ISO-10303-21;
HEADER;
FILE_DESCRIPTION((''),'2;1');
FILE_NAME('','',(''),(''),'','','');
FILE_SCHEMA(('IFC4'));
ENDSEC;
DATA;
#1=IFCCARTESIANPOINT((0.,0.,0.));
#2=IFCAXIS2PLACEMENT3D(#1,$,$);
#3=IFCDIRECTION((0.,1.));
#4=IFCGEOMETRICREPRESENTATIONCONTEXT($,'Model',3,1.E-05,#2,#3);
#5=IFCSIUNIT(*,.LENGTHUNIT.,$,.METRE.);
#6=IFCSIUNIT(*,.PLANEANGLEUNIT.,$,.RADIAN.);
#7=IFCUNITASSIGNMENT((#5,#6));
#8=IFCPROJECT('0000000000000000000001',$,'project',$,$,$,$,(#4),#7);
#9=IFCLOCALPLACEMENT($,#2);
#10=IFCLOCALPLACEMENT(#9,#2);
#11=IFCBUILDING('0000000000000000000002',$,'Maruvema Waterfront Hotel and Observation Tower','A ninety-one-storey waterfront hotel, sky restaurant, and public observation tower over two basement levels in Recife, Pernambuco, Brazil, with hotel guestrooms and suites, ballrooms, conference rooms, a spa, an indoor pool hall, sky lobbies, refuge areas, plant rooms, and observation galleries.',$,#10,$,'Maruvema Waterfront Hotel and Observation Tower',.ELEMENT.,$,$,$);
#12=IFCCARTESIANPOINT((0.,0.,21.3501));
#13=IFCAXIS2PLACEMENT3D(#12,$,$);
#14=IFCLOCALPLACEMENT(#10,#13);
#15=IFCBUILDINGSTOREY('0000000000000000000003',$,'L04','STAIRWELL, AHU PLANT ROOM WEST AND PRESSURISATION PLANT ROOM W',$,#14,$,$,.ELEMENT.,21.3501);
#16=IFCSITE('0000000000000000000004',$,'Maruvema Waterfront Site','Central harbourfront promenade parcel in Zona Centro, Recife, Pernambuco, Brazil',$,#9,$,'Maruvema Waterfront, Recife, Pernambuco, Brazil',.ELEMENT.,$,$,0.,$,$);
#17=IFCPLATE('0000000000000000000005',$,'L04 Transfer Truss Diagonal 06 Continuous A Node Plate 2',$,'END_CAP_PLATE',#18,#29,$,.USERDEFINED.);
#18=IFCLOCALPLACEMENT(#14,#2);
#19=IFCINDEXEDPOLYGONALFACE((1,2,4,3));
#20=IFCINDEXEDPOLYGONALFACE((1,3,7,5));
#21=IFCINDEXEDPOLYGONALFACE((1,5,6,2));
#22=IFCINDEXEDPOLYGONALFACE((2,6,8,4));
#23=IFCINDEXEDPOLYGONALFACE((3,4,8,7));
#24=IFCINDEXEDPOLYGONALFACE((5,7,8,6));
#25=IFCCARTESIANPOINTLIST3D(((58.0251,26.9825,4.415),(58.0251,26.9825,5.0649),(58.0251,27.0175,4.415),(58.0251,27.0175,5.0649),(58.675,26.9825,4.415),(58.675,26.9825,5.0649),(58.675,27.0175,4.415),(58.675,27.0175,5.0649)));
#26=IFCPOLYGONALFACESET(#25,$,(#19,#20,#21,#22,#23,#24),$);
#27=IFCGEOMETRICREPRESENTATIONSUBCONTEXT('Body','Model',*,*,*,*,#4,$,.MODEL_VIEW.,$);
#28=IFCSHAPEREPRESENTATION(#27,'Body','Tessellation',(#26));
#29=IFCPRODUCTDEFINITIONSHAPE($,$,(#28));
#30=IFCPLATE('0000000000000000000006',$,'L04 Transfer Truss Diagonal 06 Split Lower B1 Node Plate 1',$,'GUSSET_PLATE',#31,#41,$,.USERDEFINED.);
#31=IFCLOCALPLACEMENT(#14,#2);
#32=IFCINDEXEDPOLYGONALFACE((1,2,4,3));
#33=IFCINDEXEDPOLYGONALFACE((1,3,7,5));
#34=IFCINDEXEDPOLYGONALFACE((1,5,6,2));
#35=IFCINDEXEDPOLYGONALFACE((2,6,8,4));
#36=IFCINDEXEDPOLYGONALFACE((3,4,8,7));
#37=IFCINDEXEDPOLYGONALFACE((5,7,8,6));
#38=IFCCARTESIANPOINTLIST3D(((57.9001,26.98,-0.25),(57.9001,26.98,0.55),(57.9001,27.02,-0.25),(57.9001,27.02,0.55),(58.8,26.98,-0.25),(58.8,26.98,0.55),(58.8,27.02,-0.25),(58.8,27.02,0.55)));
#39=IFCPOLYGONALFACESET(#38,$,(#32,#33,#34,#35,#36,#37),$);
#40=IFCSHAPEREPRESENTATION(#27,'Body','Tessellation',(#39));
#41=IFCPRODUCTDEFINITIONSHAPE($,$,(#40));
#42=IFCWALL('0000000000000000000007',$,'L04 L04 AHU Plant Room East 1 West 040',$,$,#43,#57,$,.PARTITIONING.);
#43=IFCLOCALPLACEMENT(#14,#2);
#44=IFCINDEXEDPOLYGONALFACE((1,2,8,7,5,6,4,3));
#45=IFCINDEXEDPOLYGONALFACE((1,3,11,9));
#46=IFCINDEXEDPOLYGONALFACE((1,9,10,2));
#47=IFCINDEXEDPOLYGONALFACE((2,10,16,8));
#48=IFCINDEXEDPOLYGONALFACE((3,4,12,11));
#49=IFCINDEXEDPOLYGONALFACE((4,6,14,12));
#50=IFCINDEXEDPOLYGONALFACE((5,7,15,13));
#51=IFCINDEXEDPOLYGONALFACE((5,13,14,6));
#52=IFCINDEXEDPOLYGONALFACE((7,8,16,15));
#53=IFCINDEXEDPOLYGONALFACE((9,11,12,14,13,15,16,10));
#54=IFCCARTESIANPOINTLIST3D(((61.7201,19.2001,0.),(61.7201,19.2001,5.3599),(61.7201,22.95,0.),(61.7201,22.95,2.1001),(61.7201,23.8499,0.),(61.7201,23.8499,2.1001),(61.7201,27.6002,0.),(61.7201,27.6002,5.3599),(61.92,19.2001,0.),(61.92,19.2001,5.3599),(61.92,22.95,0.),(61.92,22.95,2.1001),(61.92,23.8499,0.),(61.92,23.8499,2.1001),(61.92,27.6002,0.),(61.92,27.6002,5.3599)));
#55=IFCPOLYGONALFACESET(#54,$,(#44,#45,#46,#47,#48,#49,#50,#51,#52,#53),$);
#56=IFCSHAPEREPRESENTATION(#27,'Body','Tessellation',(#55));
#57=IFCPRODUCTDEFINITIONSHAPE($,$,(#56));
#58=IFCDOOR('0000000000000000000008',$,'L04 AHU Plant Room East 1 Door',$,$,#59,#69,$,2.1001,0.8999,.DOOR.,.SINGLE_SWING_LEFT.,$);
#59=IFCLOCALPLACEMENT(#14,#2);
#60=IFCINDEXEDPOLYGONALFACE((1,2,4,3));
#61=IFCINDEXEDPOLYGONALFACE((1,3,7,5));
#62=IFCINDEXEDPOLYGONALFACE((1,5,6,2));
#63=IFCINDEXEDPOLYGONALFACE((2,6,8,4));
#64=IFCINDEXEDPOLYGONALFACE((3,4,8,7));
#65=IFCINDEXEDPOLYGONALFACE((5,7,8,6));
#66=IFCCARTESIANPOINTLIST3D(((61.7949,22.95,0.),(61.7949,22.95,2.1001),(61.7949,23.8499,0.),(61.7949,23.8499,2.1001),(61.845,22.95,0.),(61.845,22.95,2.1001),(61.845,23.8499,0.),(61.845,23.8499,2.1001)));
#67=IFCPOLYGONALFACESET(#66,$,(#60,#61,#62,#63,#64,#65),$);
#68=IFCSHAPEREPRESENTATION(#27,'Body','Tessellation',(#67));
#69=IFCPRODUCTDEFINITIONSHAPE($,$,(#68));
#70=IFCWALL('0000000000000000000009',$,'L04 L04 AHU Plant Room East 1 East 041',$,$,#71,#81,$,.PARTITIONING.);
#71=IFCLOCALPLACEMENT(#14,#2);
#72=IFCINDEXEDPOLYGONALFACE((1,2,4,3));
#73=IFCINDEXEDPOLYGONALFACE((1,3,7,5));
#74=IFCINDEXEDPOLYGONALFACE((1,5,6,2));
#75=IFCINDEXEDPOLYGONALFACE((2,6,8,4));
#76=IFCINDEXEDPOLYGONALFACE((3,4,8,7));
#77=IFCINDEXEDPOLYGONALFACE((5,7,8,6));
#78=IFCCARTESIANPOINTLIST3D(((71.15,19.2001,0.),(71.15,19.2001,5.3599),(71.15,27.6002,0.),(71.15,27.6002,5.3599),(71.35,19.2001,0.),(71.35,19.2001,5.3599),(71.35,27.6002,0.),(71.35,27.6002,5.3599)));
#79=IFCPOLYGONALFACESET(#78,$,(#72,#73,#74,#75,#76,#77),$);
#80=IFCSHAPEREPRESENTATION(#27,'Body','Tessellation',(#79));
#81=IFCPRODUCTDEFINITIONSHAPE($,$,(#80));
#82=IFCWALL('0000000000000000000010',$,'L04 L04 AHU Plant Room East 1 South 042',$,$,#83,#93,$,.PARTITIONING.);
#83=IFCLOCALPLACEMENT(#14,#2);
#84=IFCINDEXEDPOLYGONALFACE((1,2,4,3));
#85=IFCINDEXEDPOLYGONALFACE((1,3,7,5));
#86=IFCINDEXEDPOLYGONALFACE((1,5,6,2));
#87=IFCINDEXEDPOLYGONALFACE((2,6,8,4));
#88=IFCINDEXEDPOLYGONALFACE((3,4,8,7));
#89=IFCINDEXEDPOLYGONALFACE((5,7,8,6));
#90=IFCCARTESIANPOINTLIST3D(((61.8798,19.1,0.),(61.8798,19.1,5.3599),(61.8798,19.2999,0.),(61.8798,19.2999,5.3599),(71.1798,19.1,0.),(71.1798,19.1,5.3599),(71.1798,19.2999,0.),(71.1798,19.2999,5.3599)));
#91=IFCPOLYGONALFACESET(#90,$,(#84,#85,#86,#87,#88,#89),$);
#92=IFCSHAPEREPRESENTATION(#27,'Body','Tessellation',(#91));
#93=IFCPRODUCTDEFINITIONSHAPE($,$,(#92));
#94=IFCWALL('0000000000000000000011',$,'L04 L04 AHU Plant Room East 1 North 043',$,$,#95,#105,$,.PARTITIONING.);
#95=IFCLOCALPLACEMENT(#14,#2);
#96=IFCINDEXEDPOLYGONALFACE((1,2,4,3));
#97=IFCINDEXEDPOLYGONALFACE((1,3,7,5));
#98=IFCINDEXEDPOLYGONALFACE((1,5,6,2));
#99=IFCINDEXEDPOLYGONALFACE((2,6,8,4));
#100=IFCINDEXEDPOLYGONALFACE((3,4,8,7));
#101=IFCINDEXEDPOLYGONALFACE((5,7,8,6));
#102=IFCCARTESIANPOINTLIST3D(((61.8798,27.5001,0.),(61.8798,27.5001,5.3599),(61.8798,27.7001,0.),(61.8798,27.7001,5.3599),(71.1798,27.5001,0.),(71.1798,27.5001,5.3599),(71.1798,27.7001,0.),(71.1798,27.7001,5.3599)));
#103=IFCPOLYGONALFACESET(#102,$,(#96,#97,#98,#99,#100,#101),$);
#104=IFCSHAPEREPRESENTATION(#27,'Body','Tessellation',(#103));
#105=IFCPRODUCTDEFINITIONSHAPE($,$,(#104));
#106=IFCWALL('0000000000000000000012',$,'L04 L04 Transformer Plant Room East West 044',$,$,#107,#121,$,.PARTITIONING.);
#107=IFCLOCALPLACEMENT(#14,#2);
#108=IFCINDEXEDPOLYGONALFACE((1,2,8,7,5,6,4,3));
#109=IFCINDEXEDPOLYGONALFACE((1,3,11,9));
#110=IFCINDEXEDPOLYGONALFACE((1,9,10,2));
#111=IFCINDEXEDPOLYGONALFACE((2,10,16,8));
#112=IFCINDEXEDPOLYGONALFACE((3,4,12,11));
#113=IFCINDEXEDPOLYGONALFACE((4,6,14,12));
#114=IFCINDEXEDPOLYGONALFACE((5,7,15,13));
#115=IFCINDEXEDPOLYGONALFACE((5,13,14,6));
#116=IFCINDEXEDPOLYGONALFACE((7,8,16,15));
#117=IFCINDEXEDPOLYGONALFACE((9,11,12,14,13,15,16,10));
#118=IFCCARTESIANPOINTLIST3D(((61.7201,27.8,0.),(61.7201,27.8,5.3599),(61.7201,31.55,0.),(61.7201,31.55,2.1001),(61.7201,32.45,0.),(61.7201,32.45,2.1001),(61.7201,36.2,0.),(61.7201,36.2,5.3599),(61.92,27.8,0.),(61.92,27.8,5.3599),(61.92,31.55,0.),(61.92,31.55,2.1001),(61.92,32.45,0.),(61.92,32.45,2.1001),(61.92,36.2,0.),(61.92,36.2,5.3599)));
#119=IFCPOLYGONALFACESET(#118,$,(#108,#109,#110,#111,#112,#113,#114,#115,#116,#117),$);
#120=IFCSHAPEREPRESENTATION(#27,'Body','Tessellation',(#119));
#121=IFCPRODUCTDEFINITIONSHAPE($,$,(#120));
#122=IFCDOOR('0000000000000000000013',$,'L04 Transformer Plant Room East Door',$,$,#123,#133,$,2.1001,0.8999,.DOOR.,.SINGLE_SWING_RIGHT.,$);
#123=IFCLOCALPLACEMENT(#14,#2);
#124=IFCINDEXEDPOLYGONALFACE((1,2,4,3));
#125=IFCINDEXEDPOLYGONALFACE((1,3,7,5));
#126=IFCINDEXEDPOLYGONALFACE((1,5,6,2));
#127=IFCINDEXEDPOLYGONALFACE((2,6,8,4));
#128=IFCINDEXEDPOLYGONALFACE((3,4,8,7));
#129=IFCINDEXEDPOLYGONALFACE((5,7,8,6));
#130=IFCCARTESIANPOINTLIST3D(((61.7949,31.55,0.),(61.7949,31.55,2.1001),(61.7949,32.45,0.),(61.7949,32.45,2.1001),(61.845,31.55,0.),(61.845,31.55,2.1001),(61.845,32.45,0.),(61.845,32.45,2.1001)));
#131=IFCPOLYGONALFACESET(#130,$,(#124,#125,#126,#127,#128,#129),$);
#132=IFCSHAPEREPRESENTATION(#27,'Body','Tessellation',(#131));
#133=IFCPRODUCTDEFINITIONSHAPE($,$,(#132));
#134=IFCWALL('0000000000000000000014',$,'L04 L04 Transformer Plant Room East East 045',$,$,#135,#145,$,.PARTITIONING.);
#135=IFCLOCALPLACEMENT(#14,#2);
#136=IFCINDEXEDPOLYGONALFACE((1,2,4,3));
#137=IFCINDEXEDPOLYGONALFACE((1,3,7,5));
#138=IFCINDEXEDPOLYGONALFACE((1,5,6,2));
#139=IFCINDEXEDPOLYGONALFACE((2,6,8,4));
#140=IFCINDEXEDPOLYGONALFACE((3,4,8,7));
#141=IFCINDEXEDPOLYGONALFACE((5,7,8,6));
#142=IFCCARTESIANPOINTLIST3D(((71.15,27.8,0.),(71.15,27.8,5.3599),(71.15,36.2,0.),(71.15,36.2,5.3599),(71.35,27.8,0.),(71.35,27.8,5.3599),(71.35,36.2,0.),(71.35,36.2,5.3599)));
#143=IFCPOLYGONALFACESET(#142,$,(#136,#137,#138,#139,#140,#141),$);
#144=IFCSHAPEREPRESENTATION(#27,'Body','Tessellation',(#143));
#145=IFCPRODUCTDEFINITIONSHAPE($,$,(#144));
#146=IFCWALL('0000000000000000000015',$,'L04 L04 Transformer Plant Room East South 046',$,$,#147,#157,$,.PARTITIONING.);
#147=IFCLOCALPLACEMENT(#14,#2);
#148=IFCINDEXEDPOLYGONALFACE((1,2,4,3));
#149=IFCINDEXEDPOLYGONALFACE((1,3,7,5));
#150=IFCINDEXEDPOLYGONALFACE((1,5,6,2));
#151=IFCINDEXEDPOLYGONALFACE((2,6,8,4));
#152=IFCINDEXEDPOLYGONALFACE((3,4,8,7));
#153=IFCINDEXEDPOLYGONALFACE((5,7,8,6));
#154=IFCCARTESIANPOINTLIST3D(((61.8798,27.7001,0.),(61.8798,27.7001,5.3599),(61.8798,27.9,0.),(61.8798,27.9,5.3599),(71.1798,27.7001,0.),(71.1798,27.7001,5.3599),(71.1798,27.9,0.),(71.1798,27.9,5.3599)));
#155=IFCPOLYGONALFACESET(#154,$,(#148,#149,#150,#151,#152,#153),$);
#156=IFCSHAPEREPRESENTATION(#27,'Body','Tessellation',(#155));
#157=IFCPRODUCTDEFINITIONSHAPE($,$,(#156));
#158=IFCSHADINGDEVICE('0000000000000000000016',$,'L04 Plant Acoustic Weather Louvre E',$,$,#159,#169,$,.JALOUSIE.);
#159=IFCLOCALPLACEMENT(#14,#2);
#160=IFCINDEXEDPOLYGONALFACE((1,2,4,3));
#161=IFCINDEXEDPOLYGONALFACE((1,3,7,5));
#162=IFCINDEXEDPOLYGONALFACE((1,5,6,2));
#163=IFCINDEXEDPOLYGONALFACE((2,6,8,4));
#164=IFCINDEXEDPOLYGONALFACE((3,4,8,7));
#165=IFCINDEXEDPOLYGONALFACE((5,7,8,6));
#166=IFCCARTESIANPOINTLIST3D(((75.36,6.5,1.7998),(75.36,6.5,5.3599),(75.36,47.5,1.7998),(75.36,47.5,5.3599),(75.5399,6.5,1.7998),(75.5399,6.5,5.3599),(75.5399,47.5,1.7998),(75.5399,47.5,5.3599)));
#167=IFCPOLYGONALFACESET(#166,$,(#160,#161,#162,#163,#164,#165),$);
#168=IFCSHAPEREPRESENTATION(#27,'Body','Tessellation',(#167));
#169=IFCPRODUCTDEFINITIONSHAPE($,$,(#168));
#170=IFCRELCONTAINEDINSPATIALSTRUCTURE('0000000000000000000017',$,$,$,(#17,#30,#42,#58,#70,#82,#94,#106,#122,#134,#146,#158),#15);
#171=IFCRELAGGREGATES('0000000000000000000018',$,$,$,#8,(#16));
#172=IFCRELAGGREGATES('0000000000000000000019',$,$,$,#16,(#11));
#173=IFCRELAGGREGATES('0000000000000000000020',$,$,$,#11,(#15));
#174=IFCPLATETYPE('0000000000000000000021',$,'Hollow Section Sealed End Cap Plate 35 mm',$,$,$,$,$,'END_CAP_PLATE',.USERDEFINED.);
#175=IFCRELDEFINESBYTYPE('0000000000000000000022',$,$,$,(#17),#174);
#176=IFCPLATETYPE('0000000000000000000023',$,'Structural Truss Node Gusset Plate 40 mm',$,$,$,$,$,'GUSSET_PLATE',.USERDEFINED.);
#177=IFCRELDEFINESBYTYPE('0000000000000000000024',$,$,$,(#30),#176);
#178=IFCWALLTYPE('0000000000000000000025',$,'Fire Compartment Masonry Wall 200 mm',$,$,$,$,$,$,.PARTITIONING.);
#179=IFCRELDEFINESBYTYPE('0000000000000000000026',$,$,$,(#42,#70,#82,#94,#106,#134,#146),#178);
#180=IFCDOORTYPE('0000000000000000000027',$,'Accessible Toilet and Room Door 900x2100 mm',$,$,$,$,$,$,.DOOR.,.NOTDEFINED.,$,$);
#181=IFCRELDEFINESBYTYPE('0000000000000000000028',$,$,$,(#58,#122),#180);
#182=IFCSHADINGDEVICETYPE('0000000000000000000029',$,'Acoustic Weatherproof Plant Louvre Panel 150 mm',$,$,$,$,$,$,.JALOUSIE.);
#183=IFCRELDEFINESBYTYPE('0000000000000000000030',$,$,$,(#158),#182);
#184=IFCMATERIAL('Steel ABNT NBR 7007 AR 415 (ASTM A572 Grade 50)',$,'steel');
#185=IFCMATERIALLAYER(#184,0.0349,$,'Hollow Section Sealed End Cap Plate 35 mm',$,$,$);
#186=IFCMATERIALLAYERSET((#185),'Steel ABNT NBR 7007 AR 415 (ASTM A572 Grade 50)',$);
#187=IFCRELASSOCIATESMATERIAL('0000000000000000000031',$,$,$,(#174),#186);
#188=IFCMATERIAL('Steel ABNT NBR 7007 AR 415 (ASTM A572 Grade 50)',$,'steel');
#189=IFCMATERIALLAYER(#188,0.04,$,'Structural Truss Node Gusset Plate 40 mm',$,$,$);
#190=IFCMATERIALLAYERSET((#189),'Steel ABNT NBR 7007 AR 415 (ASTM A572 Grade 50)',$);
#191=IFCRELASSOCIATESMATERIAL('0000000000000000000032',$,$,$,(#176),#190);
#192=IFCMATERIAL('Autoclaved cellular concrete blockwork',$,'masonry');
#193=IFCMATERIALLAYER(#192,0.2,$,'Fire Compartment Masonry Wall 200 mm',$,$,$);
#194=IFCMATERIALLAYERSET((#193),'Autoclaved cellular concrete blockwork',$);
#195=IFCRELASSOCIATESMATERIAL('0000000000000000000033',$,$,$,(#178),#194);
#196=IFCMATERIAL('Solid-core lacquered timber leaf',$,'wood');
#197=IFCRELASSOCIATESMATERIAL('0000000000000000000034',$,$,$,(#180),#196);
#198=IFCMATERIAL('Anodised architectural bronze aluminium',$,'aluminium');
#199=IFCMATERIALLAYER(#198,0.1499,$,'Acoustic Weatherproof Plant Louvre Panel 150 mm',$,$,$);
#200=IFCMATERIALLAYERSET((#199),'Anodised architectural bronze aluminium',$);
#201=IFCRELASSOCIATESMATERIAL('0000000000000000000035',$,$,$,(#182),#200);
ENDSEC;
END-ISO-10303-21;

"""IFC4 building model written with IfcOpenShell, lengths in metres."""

from ifc_helpers import new_model, si_unit, direction, frame, frame_2d, origin, origin_2d, place, context, subcontext, project, spatial, rectangle, extrude, material, layer, layer_set, type_object, element, fill, save


model = new_model("IFC4")

# Units and contexts
model_context = context("Model", 3, precision=1e-05, world=origin(), true_north=direction((0.0, 1.0)))
body_context = subcontext(model_context, "Body", "Model", "MODEL_VIEW")
ifc_project = project(units=[si_unit("LENGTHUNIT", "METRE"), si_unit("PLANEANGLEUNIT", "RADIAN")], contexts=[model_context])

# Site, building, storey
site_placement = place(None, origin())
site = spatial("IfcSite", under=ifc_project, at=site_placement, Name="Maruvema Waterfront Site", Description="Central harbourfront promenade parcel in Zona Centro, Recife, Pernambuco, Brazil", LongName="Maruvema Waterfront, Recife, Pernambuco, Brazil", CompositionType="ELEMENT", RefElevation=0.0)
building_placement = place(site_placement, origin())
building = spatial("IfcBuilding", under=site, at=building_placement, Name="Maruvema Waterfront Hotel and Observation Tower", Description="A ninety-one-storey waterfront hotel, sky restaurant, and public observation tower over two basement levels in Recife, Pernambuco, Brazil, with hotel guestrooms and suites, ballrooms, conference rooms, a spa, an indoor pool hall, sky lobbies, refuge areas, plant rooms, and observation galleries.", LongName="Maruvema Waterfront Hotel and Observation Tower", CompositionType="ELEMENT")
storey_placement = place(building_placement, frame((0.0, 0.0, 21.3501)))
storey = spatial("IfcBuildingStorey", under=building, at=storey_placement, Name="L04", Description="STAIRWELL, AHU PLANT ROOM WEST AND PRESSURISATION PLANT ROOM W", CompositionType="ELEMENT", Elevation=21.3501)

# Plates
ifc_material_1 = material(Name="Steel ABNT NBR 7007 AR 415 (ASTM A572 Grade 50)", Category="steel")
ifc_layer_1 = layer(ifc_material_1, 0.0349, Name="Hollow Section Sealed End Cap Plate 35 mm")
ifc_layer_set_1 = layer_set([ifc_layer_1], Name="Steel ABNT NBR 7007 AR 415 (ASTM A572 Grade 50)")
plate_type_1 = type_object("IfcPlateType", Name="Hollow Section Sealed End Cap Plate 35 mm", ElementType="END_CAP_PLATE", PredefinedType="USERDEFINED", material=ifc_layer_set_1)
plate_1_placement = place(storey_placement, frame((58.3501, 27.0, 4.415), z_axis=(0.0, 0.0, 1.0), x_axis=(1.0, 0.0, 0.0)))
element("IfcPlate", 1, at=plate_1_placement, inside=storey, type_object=plate_type_1, Name="L04 Transfer Truss Diagonal 06 Continuous A Node Plate 2", ObjectType="END_CAP_PLATE", PredefinedType="USERDEFINED", context=body_context, shape_type="SweptSolid", body=[
    extrude(rectangle(XDim=0.6499, YDim=0.0349, at=origin_2d()), origin(), (0.0, 0.0, 1.0), 0.6499),
])
ifc_material_2 = material(Name="Steel ABNT NBR 7007 AR 415 (ASTM A572 Grade 50)", Category="steel")
ifc_layer_2 = layer(ifc_material_2, 0.04, Name="Structural Truss Node Gusset Plate 40 mm")
ifc_layer_set_2 = layer_set([ifc_layer_2], Name="Steel ABNT NBR 7007 AR 415 (ASTM A572 Grade 50)")
plate_type_2 = type_object("IfcPlateType", Name="Structural Truss Node Gusset Plate 40 mm", ElementType="GUSSET_PLATE", PredefinedType="USERDEFINED", material=ifc_layer_set_2)
plate_2_placement = place(storey_placement, frame((58.3501, 27.0, -0.25), z_axis=(0.0, 0.0, 1.0), x_axis=(-1.0, 0.0, 0.0)))
element("IfcPlate", 2, at=plate_2_placement, inside=storey, type_object=plate_type_2, Name="L04 Transfer Truss Diagonal 06 Split Lower B1 Node Plate 1", ObjectType="GUSSET_PLATE", PredefinedType="USERDEFINED", context=body_context, shape_type="SweptSolid", body=[
    extrude(rectangle(XDim=0.8999, YDim=0.04, at=origin_2d()), origin(), (0.0, 0.0, 1.0), 0.8),
])

# Wall, opening, door
ifc_material_3 = material(Name="Autoclaved cellular concrete blockwork", Category="masonry")
ifc_layer_3 = layer(ifc_material_3, 0.2, Name="Fire Compartment Masonry Wall 200 mm")
ifc_layer_set_3 = layer_set([ifc_layer_3], Name="Autoclaved cellular concrete blockwork")
wall_type = type_object("IfcWallType", Name="Fire Compartment Masonry Wall 200 mm", PredefinedType="PARTITIONING", material=ifc_layer_set_3)
wall_1_placement = place(storey_placement, frame((61.8201, 19.2, 0.0), z_axis=(0.0, 0.0, 1.0), x_axis=(0.0, 1.0, 0.0)))
wall_1 = element("IfcWall", 3, at=wall_1_placement, inside=storey, type_object=wall_type, Name="L04 L04 AHU Plant Room East 1 West 040", PredefinedType="PARTITIONING", context=body_context, shape_type="SweptSolid", body=[
    extrude(rectangle(XDim=8.4001, YDim=0.2, at=frame_2d((4.2002, 0.0))), origin(), (0.0, 0.0, 1.0), 5.3599),
])
opening_1_placement = place(wall_1_placement, frame((3.75, 0.0, 0.0)))
opening_1 = element("IfcOpeningElement", 4, at=opening_1_placement, cuts=wall_1, PredefinedType="OPENING", context=body_context, shape_type="SweptSolid", body=[
    extrude(rectangle(XDim=0.8999, YDim=2.1001, at=frame_2d((0.45, 1.05))), frame((0.0, 0.1099, 0.0), z_axis=(0.0, -1.0, 0.0), x_axis=(1.0, 0.0, 0.0)), (0.0, 0.0, 1.0), 0.22),
])
ifc_material_4 = material(Name="Solid-core lacquered timber leaf", Category="wood")
door_type = type_object("IfcDoorType", Name="Accessible Toilet and Room Door 900x2100 mm", OperationType="NOTDEFINED", PredefinedType="DOOR", material=ifc_material_4)
door_1_placement = place(opening_1_placement, frame((0.8999, 0.0, 0.0), z_axis=(0.0, 0.0, 1.0), x_axis=(-1.0, 0.0, 0.0)))
door_1 = element("IfcDoor", 5, at=door_1_placement, inside=storey, type_object=door_type, Name="L04 AHU Plant Room East 1 Door", OperationType="SINGLE_SWING_LEFT", OverallHeight=2.1001, OverallWidth=0.8999, PredefinedType="DOOR", context=body_context, shape_type="SweptSolid", body=[
    extrude(rectangle(XDim=0.8999, YDim=2.1001, at=frame_2d((0.45, 1.05))), frame((0.0, 0.0249, 0.0), z_axis=(0.0, -1.0, 0.0), x_axis=(1.0, 0.0, 0.0)), (0.0, 0.0, 1.0), 0.05),
])
fill(opening_1, door_1)

# Walls
wall_2_placement = place(storey_placement, frame((71.25, 19.2, 0.0), z_axis=(0.0, 0.0, 1.0), x_axis=(0.0, 1.0, 0.0)))
element("IfcWall", 6, at=wall_2_placement, inside=storey, type_object=wall_type, Name="L04 L04 AHU Plant Room East 1 East 041", PredefinedType="PARTITIONING", context=body_context, shape_type="SweptSolid", body=[
    extrude(rectangle(XDim=8.4001, YDim=0.2, at=frame_2d((4.2002, 0.0))), origin(), (0.0, 0.0, 1.0), 5.3599),
])
for number, where, z_axis, x_axis, name in (
    (7, (61.8799, 19.2, 0.0), (0.0, 0.0, 1.0), (1.0, 0.0, 0.0), "L04 L04 AHU Plant Room East 1 South 042"),
    (8, (61.8799, 27.6001, 0.0), (0.0, 0.0, 1.0), (1.0, 0.0, 0.0), "L04 L04 AHU Plant Room East 1 North 043"),
):
    element("IfcWall", number, at=place(storey_placement, frame(where, z_axis=z_axis, x_axis=x_axis)), inside=storey, type_object=wall_type, Name=name, PredefinedType="PARTITIONING", context=body_context, shape_type="SweptSolid", body=[
        extrude(rectangle(XDim=9.3, YDim=0.2, at=frame_2d((4.6499, 0.0))), origin(), (0.0, 0.0, 1.0), 5.3599),
    ])

# Wall, opening, door
wall_3_placement = place(storey_placement, frame((61.8201, 27.8, 0.0), z_axis=(0.0, 0.0, 1.0), x_axis=(0.0, 1.0, 0.0)))
wall_3 = element("IfcWall", 9, at=wall_3_placement, inside=storey, type_object=wall_type, Name="L04 L04 Transformer Plant Room East West 044", PredefinedType="PARTITIONING", context=body_context, shape_type="SweptSolid", body=[
    extrude(rectangle(XDim=8.3999, YDim=0.2, at=frame_2d((4.2, 0.0))), origin(), (0.0, 0.0, 1.0), 5.3599),
])
opening_2_placement = place(wall_3_placement, frame((3.75, 0.0, 0.0)))
opening_2 = element("IfcOpeningElement", 10, at=opening_2_placement, cuts=wall_3, PredefinedType="OPENING", context=body_context, shape_type="SweptSolid", body=[
    extrude(rectangle(XDim=0.8999, YDim=2.1001, at=frame_2d((0.45, 1.05))), frame((0.0, 0.1099, 0.0), z_axis=(0.0, -1.0, 0.0), x_axis=(1.0, 0.0, 0.0)), (0.0, 0.0, 1.0), 0.22),
])
door_2_placement = place(opening_2_placement, frame((0.8999, 0.0, 0.0), z_axis=(0.0, 0.0, 1.0), x_axis=(-1.0, 0.0, 0.0)))
door_2 = element("IfcDoor", 11, at=door_2_placement, inside=storey, type_object=door_type, Name="L04 Transformer Plant Room East Door", OperationType="SINGLE_SWING_RIGHT", OverallHeight=2.1001, OverallWidth=0.8999, PredefinedType="DOOR", context=body_context, shape_type="SweptSolid", body=[
    extrude(rectangle(XDim=0.8999, YDim=2.1001, at=frame_2d((0.45, 1.05))), frame((0.0, 0.0249, 0.0), z_axis=(0.0, -1.0, 0.0), x_axis=(1.0, 0.0, 0.0)), (0.0, 0.0, 1.0), 0.05),
])
fill(opening_2, door_2)

# Walls
wall_4_placement = place(storey_placement, frame((71.25, 27.8, 0.0), z_axis=(0.0, 0.0, 1.0), x_axis=(0.0, 1.0, 0.0)))
element("IfcWall", 12, at=wall_4_placement, inside=storey, type_object=wall_type, Name="L04 L04 Transformer Plant Room East East 045", PredefinedType="PARTITIONING", context=body_context, shape_type="SweptSolid", body=[
    extrude(rectangle(XDim=8.3999, YDim=0.2, at=frame_2d((4.2, 0.0))), origin(), (0.0, 0.0, 1.0), 5.3599),
])
wall_5_placement = place(storey_placement, frame((61.8799, 27.8, 0.0), z_axis=(0.0, 0.0, 1.0), x_axis=(1.0, 0.0, 0.0)))
element("IfcWall", 13, at=wall_5_placement, inside=storey, type_object=wall_type, Name="L04 L04 Transformer Plant Room East South 046", PredefinedType="PARTITIONING", context=body_context, shape_type="SweptSolid", body=[
    extrude(rectangle(XDim=9.3, YDim=0.2, at=frame_2d((4.6499, 0.0))), origin(), (0.0, 0.0, 1.0), 5.3599),
])

# Shading device
ifc_material_5 = material(Name="Anodised architectural bronze aluminium", Category="aluminium")
ifc_layer_4 = layer(ifc_material_5, 0.1499, Name="Acoustic Weatherproof Plant Louvre Panel 150 mm")
ifc_layer_set_4 = layer_set([ifc_layer_4], Name="Anodised architectural bronze aluminium")
shading_device_type = type_object("IfcShadingDeviceType", Name="Acoustic Weatherproof Plant Louvre Panel 150 mm", PredefinedType="JALOUSIE", material=ifc_layer_set_4)
shading_device_placement = place(storey_placement, frame((75.45, 27.0, 1.7998), z_axis=(0.0, 0.0, 1.0), x_axis=(0.0, 1.0, 0.0)))
element("IfcShadingDevice", 14, at=shading_device_placement, inside=storey, type_object=shading_device_type, Name="L04 Plant Acoustic Weather Louvre E", PredefinedType="JALOUSIE", context=body_context, shape_type="SweptSolid", body=[
    extrude(rectangle(XDim=41.0, YDim=0.1799, at=origin_2d()), origin(), (0.0, 0.0, 1.0), 3.5601),
])

save(model, "model.ifc")
